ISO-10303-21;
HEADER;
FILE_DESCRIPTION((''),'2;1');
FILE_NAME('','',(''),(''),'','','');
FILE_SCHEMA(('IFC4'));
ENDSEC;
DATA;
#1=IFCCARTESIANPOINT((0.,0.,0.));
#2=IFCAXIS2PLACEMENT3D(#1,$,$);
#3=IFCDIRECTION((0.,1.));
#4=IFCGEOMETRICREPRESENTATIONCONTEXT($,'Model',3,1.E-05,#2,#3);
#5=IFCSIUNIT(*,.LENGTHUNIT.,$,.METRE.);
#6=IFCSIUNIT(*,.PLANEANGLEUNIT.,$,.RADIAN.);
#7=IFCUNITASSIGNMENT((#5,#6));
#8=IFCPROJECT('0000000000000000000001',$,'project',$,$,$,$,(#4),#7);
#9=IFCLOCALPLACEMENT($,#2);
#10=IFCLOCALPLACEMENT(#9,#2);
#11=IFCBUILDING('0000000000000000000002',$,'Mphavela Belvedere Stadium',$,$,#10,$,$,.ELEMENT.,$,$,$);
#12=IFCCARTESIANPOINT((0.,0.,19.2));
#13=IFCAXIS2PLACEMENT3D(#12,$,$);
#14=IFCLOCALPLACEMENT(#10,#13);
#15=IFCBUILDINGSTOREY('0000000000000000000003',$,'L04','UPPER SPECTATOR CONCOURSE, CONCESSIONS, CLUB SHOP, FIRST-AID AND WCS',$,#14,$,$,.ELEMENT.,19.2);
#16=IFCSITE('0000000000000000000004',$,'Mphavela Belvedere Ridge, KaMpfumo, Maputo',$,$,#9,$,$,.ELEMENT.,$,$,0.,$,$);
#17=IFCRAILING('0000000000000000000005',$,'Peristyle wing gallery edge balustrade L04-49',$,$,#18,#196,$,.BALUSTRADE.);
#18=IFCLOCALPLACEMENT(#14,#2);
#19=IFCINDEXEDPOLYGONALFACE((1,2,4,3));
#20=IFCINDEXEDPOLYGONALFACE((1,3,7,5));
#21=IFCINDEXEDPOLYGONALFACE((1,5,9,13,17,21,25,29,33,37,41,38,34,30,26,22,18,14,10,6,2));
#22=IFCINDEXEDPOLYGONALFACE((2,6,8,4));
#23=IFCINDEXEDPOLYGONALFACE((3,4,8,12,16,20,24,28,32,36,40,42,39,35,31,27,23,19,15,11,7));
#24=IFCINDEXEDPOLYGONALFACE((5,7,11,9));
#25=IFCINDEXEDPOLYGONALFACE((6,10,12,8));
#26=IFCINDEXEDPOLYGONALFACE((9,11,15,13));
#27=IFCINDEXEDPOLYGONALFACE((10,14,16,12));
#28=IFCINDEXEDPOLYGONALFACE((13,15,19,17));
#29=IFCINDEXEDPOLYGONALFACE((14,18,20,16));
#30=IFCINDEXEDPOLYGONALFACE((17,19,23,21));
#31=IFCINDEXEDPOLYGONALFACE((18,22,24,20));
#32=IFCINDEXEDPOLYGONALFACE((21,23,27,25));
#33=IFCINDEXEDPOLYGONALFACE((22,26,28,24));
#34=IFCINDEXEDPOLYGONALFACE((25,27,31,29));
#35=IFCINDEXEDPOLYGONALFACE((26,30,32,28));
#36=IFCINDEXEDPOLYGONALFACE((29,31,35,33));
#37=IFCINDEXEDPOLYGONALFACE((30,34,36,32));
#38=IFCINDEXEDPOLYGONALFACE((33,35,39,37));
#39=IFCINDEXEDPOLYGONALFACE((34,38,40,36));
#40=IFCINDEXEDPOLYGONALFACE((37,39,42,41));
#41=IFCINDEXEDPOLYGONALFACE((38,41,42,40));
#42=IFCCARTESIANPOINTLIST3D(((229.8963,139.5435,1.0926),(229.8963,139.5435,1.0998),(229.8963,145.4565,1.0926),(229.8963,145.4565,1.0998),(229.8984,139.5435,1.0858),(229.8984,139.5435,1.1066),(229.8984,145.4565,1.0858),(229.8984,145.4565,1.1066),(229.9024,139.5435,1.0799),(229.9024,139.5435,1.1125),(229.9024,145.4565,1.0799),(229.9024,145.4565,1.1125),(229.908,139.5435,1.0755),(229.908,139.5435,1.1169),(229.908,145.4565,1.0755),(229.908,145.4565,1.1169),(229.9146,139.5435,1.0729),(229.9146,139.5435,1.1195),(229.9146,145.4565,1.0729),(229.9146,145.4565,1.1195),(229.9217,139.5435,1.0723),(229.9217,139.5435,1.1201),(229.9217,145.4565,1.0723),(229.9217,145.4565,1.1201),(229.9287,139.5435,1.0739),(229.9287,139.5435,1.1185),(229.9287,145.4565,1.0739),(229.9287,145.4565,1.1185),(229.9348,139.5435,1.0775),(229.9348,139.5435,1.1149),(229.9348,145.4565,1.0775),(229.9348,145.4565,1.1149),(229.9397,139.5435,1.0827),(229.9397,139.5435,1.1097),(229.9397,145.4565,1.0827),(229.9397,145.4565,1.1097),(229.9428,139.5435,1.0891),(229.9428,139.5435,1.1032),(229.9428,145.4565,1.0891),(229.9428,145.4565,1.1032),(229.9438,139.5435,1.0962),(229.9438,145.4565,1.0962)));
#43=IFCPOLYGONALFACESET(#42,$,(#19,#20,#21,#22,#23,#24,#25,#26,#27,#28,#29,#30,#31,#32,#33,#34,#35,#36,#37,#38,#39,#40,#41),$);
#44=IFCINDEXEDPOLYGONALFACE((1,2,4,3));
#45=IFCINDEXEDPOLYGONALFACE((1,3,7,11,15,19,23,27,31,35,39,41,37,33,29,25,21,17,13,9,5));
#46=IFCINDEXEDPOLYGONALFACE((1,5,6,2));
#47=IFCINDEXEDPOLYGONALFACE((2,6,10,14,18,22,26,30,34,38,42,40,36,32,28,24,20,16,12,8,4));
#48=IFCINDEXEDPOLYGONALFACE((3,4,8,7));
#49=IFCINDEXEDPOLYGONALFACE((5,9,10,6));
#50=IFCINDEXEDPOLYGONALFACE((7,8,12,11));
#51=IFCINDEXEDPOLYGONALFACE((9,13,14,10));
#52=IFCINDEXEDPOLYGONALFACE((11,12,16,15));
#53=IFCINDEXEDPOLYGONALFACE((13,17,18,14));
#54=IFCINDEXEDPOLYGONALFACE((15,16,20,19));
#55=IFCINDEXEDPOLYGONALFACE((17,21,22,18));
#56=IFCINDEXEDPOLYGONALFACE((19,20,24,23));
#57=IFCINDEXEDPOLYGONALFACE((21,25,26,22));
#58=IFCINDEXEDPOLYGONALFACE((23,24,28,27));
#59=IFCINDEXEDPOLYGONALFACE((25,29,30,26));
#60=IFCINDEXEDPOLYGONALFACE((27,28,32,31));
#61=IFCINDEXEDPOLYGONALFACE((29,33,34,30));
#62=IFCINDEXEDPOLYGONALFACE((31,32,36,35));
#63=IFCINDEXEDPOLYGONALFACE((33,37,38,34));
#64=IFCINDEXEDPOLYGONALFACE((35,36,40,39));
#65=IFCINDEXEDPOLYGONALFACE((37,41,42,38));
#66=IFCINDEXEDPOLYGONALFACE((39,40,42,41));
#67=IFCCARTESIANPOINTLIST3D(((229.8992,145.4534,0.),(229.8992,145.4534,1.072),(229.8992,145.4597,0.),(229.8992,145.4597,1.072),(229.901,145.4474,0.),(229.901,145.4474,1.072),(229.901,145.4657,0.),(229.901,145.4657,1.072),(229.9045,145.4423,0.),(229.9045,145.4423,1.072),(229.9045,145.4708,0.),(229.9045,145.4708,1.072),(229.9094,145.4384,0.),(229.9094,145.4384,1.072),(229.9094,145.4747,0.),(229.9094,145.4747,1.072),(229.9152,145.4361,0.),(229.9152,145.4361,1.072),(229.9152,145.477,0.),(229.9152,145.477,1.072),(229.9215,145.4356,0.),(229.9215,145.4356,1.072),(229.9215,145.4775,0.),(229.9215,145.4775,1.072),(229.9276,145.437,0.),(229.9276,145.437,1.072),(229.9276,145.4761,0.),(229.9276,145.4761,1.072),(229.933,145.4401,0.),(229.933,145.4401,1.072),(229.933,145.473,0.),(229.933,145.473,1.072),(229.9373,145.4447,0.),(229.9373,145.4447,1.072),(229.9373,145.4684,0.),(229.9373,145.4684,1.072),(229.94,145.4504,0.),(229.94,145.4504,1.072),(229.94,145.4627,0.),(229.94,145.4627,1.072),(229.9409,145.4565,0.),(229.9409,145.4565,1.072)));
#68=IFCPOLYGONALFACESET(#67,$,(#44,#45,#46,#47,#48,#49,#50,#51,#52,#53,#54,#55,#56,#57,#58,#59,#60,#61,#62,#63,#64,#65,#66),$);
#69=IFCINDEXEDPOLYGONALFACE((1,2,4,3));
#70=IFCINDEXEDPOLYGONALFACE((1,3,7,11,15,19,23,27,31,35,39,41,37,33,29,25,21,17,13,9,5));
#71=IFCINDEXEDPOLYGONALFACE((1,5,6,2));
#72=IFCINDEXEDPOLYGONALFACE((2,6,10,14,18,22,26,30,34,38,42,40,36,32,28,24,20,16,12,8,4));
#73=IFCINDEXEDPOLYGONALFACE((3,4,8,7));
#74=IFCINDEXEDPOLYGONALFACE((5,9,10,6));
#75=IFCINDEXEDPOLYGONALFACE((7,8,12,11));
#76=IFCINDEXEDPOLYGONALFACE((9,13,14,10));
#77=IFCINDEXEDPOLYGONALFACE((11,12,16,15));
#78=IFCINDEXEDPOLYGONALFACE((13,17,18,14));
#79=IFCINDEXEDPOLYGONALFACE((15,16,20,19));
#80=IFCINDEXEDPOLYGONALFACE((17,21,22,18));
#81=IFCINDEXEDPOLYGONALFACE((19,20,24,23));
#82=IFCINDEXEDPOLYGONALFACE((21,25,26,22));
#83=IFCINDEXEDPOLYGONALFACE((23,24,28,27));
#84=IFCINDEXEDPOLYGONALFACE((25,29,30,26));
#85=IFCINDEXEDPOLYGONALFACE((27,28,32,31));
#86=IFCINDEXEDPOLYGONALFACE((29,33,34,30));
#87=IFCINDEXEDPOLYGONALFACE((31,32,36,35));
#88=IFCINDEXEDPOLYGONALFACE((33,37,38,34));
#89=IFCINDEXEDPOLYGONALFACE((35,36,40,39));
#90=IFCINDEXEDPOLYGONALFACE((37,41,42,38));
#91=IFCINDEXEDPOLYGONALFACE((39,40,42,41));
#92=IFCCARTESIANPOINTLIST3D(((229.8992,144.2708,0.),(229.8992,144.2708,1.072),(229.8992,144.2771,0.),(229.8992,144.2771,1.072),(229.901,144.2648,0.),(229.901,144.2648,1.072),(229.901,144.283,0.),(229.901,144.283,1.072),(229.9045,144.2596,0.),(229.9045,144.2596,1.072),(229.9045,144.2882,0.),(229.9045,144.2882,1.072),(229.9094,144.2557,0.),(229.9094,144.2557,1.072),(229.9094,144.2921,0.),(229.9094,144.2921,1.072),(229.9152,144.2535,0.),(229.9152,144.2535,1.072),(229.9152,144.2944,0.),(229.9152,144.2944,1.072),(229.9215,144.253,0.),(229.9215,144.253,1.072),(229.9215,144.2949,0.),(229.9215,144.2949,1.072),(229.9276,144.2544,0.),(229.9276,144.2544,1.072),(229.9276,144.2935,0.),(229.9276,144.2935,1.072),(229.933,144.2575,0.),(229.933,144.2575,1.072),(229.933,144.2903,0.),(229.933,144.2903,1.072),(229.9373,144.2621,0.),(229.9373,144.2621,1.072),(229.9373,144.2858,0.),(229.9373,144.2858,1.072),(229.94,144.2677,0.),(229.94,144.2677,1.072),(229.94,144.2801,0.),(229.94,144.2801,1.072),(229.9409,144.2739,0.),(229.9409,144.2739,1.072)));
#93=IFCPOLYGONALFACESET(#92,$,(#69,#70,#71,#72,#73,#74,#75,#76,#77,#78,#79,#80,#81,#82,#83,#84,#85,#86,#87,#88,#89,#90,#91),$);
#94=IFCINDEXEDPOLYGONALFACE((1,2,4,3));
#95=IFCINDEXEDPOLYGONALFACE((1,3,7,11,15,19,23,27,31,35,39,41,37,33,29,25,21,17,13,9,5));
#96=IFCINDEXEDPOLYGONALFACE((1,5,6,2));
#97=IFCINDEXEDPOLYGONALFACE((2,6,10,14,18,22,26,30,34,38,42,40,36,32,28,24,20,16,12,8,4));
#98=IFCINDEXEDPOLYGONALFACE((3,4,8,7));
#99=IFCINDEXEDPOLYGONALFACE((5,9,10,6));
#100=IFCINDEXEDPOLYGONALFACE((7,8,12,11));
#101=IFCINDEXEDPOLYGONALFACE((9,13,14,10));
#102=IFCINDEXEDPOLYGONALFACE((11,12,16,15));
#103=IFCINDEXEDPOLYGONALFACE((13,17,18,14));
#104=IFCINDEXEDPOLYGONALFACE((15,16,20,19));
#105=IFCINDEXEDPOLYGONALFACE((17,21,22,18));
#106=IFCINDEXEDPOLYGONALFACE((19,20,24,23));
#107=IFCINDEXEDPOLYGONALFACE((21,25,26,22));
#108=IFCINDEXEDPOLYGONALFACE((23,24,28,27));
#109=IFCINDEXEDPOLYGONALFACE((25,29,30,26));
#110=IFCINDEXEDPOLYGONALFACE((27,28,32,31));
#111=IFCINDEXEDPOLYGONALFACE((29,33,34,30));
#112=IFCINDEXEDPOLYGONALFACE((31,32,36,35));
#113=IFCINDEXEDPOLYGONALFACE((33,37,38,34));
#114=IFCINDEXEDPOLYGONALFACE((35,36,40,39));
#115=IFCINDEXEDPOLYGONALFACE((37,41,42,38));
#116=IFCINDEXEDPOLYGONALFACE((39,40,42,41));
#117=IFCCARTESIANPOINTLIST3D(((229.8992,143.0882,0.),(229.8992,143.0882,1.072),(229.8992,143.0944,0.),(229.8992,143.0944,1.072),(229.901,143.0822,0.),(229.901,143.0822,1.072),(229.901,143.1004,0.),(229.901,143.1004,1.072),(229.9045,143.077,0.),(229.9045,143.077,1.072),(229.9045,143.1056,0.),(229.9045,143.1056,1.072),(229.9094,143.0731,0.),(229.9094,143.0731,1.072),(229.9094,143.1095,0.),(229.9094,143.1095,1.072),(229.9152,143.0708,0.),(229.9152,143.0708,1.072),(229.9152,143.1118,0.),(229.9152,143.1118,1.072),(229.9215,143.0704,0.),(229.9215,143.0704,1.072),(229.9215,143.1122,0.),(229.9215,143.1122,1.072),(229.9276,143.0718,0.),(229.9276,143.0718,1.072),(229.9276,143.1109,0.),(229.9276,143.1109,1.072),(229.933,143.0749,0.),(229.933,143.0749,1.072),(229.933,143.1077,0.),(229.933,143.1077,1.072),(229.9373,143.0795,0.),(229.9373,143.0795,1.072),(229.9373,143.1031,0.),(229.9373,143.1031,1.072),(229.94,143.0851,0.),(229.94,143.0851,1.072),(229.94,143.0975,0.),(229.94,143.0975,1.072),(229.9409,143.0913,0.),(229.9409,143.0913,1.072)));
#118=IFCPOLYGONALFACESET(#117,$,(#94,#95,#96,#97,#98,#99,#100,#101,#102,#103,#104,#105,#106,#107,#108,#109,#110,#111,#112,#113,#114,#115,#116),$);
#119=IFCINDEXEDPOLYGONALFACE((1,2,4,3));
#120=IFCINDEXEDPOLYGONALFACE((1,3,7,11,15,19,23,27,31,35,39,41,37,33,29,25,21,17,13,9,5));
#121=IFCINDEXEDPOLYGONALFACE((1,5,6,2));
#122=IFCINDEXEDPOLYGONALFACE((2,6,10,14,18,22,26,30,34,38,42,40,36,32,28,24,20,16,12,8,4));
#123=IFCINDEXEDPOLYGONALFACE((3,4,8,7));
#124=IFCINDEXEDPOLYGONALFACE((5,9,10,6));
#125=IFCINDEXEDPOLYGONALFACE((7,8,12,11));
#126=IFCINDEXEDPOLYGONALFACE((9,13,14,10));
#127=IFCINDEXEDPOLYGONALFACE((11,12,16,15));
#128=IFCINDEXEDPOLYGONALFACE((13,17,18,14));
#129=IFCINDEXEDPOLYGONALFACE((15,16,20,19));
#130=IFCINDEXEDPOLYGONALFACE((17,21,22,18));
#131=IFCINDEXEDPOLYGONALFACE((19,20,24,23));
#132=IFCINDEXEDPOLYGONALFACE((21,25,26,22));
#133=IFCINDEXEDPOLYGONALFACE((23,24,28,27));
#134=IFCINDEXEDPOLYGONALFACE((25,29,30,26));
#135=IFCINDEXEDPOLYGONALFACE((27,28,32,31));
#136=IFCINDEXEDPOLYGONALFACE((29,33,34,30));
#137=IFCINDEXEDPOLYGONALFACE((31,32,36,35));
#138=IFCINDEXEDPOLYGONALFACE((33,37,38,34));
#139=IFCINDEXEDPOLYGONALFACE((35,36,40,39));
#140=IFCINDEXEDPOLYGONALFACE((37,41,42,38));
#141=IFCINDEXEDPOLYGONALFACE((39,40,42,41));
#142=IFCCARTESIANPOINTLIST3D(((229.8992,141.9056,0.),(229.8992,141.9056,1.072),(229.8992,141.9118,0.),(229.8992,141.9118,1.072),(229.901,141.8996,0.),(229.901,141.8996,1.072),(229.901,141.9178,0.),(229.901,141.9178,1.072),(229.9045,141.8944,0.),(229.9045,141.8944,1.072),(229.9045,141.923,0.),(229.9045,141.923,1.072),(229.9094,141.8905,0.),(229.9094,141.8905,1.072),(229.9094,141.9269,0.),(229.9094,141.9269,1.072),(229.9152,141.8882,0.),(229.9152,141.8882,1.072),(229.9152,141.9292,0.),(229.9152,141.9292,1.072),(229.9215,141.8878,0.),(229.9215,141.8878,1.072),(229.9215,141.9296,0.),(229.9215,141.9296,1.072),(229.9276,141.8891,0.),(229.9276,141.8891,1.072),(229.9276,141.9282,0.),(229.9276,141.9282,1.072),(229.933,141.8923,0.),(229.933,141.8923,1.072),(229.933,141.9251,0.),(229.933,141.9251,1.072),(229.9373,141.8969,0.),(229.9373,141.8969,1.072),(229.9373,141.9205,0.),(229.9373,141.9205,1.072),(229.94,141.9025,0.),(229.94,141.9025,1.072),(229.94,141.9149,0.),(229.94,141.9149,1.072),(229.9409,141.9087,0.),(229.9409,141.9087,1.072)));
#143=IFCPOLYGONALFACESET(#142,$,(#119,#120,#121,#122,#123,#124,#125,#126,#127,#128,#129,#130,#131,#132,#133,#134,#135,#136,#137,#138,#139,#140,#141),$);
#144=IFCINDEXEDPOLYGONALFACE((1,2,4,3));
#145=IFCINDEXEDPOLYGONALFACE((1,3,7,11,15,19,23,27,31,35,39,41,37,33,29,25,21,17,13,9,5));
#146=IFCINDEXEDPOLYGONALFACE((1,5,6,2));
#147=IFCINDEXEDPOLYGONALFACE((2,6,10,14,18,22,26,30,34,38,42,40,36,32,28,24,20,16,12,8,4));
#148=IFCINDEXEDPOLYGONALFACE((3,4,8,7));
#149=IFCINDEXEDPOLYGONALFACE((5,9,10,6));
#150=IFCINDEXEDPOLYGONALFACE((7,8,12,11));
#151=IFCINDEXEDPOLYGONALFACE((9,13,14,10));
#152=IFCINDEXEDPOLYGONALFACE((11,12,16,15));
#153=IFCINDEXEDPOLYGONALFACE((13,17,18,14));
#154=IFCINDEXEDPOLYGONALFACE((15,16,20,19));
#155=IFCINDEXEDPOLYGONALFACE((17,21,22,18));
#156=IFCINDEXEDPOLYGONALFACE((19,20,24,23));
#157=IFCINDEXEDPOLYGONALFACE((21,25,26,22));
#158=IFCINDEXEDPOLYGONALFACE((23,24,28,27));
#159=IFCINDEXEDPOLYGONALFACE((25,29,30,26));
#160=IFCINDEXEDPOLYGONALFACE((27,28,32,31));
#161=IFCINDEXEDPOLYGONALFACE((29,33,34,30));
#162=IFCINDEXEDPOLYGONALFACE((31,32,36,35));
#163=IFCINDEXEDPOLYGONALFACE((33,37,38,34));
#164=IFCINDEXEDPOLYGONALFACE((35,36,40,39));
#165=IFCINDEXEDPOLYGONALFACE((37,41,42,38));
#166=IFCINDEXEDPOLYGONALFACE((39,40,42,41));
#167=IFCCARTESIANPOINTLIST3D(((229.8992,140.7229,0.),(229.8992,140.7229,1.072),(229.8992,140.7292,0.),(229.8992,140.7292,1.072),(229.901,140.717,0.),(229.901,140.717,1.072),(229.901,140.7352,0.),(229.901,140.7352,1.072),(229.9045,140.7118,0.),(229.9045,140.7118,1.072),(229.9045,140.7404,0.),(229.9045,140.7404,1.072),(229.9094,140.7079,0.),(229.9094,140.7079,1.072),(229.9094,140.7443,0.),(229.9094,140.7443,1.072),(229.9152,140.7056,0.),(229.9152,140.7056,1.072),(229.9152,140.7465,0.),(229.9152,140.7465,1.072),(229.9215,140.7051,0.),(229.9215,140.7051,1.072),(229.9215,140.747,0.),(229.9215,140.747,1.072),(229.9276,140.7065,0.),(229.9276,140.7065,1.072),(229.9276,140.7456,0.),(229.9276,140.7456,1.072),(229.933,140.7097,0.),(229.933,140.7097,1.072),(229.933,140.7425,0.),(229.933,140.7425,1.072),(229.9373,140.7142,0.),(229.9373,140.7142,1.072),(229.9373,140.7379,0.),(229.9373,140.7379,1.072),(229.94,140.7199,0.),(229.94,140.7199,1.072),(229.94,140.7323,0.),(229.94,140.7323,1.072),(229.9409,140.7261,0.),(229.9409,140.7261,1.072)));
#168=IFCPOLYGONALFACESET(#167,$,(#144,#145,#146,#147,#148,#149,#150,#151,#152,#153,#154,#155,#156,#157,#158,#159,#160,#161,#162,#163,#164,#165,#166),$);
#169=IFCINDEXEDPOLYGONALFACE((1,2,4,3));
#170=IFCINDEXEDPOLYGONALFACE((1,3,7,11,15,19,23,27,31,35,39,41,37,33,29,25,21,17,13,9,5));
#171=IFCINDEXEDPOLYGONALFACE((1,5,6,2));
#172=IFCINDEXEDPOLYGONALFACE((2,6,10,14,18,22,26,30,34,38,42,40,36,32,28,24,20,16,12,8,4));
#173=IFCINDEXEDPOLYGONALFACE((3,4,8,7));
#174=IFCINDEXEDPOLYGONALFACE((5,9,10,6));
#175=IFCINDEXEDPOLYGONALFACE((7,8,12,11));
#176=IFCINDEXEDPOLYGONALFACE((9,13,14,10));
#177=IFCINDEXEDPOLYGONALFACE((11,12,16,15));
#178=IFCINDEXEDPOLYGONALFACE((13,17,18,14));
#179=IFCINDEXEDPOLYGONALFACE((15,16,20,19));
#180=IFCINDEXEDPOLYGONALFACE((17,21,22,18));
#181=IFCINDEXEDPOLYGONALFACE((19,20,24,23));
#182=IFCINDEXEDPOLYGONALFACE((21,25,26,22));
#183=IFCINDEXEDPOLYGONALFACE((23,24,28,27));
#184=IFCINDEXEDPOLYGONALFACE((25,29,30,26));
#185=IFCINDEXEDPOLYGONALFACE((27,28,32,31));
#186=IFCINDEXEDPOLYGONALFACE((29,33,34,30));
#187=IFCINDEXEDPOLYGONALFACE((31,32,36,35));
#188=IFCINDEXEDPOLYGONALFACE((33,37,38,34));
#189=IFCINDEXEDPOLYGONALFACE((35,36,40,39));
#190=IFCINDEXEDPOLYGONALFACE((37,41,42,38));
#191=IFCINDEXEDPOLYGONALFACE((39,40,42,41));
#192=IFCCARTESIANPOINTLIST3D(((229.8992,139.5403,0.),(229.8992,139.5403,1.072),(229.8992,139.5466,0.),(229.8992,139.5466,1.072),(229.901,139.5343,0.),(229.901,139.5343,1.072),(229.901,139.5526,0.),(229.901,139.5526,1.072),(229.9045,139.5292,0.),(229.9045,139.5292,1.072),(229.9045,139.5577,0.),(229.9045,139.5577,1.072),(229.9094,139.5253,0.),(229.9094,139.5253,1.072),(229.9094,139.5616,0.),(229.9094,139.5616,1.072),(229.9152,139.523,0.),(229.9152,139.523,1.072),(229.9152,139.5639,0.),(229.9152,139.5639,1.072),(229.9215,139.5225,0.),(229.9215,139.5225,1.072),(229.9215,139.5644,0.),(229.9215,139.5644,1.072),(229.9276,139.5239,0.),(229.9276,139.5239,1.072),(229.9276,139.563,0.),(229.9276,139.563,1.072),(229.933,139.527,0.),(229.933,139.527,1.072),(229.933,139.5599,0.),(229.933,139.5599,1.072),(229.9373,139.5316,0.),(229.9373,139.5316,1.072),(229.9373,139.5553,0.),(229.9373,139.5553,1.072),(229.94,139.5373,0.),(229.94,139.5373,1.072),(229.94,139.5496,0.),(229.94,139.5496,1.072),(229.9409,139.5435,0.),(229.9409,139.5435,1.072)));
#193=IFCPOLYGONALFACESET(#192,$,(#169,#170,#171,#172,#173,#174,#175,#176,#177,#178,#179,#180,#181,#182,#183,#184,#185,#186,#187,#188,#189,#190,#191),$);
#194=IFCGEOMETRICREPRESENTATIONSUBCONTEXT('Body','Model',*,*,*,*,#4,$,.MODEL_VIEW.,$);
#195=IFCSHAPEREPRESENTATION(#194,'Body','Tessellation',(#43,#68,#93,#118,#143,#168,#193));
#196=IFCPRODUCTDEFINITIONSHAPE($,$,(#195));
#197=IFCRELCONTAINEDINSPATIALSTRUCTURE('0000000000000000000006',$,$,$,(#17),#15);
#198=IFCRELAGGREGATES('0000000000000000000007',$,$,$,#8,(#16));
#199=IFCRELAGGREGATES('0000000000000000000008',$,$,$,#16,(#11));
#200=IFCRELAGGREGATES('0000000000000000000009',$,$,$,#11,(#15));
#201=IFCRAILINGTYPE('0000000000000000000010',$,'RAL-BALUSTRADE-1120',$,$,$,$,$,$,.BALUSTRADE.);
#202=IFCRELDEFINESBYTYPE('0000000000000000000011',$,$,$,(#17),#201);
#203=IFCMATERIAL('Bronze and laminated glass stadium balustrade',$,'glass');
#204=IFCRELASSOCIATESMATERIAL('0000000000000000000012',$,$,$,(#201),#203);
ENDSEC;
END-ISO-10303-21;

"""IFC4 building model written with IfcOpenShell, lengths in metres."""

from ifc_helpers import new_model, si_unit, direction, frame, origin, origin_2d, place, context, subcontext, project, spatial, circle, extrude, material, type_object, element, save


model = new_model("IFC4")

# Units and contexts
model_context = context("Model", 3, precision=1e-05, world=origin(), true_north=direction((0.0, 1.0)))
body_context = subcontext(model_context, "Body", "Model", "MODEL_VIEW")
ifc_project = project(units=[si_unit("LENGTHUNIT", "METRE"), si_unit("PLANEANGLEUNIT", "RADIAN")], contexts=[model_context])

# Site, building, storey
site_placement = place(None, origin())
site = spatial("IfcSite", under=ifc_project, at=site_placement, Name="Mphavela Belvedere Ridge, KaMpfumo, Maputo", CompositionType="ELEMENT", RefElevation=0.0)
building_placement = place(site_placement, origin())
building = spatial("IfcBuilding", under=site, at=building_placement, Name="Mphavela Belvedere Stadium", CompositionType="ELEMENT")
storey_placement = place(building_placement, frame((0.0, 0.0, 19.2)))
storey = spatial("IfcBuildingStorey", under=building, at=storey_placement, Name="L04", Description="UPPER SPECTATOR CONCOURSE, CONCESSIONS, CLUB SHOP, FIRST-AID AND WCS", CompositionType="ELEMENT", Elevation=19.2)

# Railing
ifc_material_1 = material(Name="Bronze and laminated glass stadium balustrade", Category="glass")
railing_type = type_object("IfcRailingType", Name="RAL-BALUSTRADE-1120", PredefinedType="BALUSTRADE", material=ifc_material_1)
for number, where, name in (
    (1, (229.9199, 145.4565, 0.0), "Peristyle wing gallery edge balustrade L04-49"),
):
    element("IfcRailing", number, at=place(storey_placement, frame(where)), inside=storey, type_object=railing_type, Name=name, PredefinedType="BALUSTRADE", context=body_context, shape_type="SweptSolid", body=[
        extrude(circle(Radius=0.0239, at=origin_2d()), frame((0.0, 0.0, 1.0962), z_axis=(0.0, -1.0, 0.0), x_axis=(1.0, 0.0, 0.0)), (0.0, 0.0, 1.0), 5.9131),
        extrude(circle(Radius=0.021, at=origin_2d()), origin(), (0.0, 0.0, 1.0), 1.072),
        extrude(circle(Radius=0.021, at=origin_2d()), frame((0.0, -1.1826, 0.0)), (0.0, 0.0, 1.0), 1.072),
        extrude(circle(Radius=0.021, at=origin_2d()), frame((0.0, -2.3652, 0.0)), (0.0, 0.0, 1.0), 1.072),
        extrude(circle(Radius=0.021, at=origin_2d()), frame((0.0, -3.5479, 0.0)), (0.0, 0.0, 1.0), 1.072),
        extrude(circle(Radius=0.021, at=origin_2d()), frame((0.0, -4.7305, 0.0)), (0.0, 0.0, 1.0), 1.072),
        extrude(circle(Radius=0.021, at=origin_2d()), frame((0.0, -5.9131, 0.0)), (0.0, 0.0, 1.0), 1.072),
    ])

save(model, "model.ifc")
